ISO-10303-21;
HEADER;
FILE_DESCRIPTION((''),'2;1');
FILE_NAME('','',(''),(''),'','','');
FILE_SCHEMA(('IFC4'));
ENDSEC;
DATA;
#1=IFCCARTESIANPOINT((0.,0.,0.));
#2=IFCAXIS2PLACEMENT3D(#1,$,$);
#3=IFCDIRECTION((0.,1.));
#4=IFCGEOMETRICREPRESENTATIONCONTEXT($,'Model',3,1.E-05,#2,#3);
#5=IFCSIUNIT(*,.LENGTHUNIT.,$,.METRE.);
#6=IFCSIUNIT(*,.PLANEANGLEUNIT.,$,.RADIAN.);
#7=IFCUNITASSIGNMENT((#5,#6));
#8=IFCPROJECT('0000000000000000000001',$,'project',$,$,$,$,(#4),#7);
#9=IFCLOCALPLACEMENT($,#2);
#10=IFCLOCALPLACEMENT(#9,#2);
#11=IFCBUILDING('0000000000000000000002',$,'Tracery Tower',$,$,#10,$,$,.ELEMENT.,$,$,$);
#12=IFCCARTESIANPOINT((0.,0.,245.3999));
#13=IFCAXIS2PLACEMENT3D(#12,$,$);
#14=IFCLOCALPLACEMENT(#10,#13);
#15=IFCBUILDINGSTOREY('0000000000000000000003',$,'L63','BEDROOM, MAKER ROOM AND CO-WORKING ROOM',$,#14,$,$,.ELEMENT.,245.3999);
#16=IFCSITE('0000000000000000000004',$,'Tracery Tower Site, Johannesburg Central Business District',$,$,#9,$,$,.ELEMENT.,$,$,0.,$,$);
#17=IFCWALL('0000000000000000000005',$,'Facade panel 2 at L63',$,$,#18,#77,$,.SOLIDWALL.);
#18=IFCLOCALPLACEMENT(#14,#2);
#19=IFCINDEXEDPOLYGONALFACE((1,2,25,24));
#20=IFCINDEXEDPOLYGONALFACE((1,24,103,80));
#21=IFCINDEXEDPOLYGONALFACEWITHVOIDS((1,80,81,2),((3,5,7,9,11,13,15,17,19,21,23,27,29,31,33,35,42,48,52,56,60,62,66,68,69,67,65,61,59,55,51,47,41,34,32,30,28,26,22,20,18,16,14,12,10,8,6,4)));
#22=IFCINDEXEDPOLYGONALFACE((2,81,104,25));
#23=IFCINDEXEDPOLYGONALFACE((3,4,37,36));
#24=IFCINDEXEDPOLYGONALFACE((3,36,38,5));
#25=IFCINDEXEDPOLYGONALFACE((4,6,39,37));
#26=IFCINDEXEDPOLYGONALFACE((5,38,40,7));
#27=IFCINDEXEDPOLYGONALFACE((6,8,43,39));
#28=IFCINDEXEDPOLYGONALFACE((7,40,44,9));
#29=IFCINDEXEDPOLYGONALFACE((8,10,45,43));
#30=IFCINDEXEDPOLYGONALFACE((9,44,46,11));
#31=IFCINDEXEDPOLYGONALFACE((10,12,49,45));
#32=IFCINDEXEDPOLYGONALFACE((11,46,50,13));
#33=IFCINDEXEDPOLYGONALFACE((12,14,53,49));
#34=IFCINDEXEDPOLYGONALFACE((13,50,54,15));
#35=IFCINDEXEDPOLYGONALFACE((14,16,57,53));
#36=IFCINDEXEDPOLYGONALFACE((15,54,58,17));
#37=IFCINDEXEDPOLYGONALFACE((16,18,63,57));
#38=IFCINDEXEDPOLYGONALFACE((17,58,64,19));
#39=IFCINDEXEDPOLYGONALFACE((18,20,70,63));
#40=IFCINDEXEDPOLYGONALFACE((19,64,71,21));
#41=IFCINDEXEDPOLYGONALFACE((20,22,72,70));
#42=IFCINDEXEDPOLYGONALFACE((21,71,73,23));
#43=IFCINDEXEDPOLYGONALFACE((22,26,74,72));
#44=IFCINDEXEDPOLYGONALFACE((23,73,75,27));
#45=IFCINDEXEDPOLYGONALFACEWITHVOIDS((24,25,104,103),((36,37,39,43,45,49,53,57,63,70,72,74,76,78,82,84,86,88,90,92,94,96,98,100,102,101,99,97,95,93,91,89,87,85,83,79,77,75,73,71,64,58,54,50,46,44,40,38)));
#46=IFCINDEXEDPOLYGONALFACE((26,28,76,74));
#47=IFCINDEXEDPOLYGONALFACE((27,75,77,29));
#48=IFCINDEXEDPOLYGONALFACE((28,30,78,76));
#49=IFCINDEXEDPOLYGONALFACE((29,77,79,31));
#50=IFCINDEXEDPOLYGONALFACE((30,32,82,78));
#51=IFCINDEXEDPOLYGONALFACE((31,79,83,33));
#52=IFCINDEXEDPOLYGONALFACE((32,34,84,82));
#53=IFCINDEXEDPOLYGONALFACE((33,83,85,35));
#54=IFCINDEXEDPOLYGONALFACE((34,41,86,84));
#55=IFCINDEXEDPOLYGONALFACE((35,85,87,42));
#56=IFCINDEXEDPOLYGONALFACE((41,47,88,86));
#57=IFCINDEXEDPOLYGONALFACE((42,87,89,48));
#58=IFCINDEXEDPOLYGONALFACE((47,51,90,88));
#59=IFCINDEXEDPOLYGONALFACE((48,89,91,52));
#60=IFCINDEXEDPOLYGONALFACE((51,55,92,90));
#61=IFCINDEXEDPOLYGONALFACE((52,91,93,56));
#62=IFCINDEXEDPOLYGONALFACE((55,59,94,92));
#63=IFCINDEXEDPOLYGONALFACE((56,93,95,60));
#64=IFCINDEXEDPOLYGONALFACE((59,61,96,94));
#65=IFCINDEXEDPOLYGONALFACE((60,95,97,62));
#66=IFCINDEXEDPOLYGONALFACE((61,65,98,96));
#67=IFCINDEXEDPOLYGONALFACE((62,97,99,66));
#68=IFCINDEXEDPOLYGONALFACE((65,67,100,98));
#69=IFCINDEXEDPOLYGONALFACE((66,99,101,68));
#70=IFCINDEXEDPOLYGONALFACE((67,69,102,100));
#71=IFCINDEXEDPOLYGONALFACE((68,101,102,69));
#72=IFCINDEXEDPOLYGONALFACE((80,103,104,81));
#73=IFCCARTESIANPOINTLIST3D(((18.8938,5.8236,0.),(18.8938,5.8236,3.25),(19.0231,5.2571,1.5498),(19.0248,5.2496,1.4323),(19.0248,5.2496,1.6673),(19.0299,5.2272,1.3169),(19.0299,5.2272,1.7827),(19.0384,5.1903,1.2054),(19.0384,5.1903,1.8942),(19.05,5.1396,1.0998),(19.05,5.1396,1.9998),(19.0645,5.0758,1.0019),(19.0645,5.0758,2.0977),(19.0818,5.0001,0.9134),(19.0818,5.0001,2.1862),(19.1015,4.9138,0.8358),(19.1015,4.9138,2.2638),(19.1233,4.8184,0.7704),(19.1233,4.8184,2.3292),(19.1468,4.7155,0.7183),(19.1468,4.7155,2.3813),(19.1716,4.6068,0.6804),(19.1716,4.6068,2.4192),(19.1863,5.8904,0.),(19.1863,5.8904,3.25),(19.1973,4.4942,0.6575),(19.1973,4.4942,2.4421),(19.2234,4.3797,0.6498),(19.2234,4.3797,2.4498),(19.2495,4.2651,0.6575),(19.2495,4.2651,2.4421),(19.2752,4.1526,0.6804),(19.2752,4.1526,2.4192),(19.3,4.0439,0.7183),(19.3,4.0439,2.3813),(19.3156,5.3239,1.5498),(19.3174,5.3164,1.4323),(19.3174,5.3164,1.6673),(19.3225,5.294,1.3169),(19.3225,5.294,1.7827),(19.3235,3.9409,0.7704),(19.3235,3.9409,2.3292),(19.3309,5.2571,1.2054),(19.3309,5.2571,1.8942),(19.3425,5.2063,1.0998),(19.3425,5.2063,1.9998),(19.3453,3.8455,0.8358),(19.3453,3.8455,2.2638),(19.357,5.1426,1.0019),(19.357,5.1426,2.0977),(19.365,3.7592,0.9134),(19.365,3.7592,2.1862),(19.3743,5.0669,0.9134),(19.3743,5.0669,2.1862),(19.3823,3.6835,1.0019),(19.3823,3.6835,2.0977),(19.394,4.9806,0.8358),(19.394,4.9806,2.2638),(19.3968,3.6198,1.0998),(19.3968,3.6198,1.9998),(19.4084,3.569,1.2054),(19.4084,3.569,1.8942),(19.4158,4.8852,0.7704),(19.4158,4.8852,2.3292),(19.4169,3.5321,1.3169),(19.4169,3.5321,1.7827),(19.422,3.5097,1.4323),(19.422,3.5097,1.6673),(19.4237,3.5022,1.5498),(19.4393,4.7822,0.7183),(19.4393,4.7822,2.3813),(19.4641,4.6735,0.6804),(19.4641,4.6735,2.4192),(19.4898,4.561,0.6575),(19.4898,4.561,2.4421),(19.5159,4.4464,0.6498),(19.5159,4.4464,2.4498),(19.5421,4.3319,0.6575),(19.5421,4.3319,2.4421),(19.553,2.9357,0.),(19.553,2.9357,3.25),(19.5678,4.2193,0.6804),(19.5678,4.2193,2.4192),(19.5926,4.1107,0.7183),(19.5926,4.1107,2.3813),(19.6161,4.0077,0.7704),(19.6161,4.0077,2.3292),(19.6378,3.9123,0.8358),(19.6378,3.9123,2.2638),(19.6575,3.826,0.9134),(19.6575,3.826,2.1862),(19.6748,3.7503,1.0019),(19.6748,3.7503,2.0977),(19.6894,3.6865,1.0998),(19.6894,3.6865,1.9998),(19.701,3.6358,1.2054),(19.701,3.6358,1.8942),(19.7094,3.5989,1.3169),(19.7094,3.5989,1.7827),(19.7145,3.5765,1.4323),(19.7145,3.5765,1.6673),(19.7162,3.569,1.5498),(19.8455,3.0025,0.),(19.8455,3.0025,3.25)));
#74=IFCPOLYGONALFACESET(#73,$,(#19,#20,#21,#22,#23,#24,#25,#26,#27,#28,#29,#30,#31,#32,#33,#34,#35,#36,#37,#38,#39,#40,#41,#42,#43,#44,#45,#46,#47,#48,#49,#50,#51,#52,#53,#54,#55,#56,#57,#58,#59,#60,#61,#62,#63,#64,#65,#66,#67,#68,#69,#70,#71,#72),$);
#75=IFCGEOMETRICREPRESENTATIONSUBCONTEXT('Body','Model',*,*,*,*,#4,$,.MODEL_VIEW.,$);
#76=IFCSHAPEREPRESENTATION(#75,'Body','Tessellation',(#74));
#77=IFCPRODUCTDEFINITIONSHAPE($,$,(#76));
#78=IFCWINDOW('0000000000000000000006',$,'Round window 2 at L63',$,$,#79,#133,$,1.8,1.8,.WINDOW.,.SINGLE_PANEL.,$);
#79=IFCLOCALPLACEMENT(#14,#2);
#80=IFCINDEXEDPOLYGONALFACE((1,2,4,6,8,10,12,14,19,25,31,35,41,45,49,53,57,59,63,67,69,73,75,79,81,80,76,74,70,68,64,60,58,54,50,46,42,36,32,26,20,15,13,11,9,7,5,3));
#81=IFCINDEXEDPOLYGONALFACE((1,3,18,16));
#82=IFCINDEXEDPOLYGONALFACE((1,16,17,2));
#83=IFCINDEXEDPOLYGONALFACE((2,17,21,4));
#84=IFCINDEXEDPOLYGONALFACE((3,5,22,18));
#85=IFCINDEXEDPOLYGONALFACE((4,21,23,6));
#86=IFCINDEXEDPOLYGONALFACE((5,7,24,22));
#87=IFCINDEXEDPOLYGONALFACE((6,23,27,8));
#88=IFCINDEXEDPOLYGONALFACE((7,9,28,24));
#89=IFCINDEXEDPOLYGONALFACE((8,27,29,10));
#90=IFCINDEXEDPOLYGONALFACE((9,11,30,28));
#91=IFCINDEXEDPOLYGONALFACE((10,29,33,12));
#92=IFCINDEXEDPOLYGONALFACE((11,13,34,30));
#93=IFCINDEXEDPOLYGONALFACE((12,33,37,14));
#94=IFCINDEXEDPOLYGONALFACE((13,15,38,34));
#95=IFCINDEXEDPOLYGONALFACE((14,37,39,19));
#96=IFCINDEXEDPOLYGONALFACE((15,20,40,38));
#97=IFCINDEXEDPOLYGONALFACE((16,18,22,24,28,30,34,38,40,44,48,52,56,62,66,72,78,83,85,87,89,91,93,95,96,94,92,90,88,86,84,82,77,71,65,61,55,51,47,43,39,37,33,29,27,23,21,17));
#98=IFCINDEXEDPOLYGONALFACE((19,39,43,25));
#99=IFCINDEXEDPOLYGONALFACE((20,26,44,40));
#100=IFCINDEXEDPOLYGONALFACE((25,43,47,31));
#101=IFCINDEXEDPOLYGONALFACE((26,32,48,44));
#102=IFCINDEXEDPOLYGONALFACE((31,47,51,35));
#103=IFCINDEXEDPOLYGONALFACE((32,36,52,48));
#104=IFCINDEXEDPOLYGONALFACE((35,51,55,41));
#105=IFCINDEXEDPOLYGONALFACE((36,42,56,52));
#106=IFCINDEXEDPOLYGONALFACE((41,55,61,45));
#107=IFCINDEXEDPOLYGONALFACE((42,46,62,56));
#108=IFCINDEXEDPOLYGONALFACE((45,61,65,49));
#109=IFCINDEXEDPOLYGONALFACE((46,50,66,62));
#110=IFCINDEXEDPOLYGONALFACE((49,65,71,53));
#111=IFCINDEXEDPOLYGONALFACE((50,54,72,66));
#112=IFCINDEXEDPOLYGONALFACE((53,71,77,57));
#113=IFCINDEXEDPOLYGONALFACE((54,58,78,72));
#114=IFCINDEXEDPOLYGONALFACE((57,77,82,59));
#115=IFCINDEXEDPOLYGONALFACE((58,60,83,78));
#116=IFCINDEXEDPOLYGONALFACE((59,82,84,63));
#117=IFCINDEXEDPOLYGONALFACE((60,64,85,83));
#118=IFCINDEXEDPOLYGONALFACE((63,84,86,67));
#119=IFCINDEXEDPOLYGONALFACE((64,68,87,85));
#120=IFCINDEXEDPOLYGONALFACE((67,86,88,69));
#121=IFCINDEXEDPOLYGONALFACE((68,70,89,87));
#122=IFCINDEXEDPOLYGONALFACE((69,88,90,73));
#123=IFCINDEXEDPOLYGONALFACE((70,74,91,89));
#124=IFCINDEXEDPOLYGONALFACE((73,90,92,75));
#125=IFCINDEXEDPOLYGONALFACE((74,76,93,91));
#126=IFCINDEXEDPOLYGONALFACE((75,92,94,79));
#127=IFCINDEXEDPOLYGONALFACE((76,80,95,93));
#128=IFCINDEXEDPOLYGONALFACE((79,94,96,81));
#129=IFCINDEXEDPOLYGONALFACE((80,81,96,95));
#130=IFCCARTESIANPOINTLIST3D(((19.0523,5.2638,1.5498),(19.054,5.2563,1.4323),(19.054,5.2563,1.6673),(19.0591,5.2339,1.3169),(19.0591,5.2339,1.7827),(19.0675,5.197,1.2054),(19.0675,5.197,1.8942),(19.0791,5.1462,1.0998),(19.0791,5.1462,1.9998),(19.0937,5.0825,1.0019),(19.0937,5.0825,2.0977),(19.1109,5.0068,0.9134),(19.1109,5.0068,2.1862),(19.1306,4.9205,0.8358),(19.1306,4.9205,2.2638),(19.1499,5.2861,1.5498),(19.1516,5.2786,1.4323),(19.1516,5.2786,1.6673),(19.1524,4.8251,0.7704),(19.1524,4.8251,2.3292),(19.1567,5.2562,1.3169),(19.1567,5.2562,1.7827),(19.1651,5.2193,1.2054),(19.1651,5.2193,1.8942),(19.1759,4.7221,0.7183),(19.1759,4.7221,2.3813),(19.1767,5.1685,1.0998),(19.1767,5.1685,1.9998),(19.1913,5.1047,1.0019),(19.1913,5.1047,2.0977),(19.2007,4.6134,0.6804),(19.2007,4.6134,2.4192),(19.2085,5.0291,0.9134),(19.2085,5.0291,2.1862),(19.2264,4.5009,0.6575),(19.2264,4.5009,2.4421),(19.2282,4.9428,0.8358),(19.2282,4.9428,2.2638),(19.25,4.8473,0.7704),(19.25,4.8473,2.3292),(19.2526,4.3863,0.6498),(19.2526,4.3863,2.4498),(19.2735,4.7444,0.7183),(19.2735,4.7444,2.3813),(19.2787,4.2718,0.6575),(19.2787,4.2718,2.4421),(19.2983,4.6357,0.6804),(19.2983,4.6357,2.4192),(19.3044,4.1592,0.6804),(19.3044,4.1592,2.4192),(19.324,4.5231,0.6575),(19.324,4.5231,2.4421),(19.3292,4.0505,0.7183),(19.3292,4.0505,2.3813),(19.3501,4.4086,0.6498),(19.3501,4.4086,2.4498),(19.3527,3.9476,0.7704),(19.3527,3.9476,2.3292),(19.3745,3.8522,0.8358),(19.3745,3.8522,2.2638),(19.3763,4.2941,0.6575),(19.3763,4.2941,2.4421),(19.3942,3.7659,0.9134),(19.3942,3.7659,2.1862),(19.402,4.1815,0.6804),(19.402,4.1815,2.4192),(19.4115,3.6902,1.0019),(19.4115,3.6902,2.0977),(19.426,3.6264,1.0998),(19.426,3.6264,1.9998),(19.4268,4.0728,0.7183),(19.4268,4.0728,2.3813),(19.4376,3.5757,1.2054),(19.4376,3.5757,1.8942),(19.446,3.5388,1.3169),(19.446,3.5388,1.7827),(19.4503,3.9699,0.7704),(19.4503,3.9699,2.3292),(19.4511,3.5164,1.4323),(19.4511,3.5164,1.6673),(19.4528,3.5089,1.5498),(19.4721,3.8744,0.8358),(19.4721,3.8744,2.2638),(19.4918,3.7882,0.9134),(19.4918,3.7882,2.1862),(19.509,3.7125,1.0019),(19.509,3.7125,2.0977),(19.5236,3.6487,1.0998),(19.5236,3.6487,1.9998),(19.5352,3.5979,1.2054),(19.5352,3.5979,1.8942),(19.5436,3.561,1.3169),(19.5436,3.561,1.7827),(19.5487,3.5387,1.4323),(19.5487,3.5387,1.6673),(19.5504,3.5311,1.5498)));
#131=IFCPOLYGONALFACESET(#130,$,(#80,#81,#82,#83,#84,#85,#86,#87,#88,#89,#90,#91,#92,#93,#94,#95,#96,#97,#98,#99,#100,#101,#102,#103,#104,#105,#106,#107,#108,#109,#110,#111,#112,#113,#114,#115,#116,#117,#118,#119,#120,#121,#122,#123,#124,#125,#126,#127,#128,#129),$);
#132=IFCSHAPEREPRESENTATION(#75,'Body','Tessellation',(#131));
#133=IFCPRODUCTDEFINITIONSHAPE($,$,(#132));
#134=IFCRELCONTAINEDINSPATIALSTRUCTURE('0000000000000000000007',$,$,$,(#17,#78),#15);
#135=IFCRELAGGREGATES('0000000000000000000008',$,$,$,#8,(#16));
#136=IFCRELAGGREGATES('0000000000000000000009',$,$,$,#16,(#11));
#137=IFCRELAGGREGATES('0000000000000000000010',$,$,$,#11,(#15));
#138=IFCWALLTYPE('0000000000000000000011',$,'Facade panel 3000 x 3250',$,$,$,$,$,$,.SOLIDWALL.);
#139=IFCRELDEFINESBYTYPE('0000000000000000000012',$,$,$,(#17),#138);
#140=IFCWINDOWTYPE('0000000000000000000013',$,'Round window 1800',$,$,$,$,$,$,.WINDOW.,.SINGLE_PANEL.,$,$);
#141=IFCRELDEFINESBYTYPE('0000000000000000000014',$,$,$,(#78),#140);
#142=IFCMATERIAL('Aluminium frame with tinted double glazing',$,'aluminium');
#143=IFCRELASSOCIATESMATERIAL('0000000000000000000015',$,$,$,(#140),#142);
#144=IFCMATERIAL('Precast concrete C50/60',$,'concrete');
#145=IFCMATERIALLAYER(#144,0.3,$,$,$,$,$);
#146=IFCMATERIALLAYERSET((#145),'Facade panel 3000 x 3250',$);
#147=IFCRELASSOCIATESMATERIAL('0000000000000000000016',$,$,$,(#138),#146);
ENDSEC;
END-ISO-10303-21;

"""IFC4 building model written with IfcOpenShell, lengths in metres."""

from ifc_helpers import new_model, si_unit, direction, frame, frame_2d, origin, origin_2d, place, context, subcontext, project, spatial, rectangle, circle, extrude, material, layer, layer_set, type_object, element, fill, save


model = new_model("IFC4")

# Units and contexts
model_context = context("Model", 3, precision=1e-05, world=origin(), true_north=direction((0.0, 1.0)))
body_context = subcontext(model_context, "Body", "Model", "MODEL_VIEW")
ifc_project = project(units=[si_unit("LENGTHUNIT", "METRE"), si_unit("PLANEANGLEUNIT", "RADIAN")], contexts=[model_context])

# Site, building, storey
site_placement = place(None, origin())
site = spatial("IfcSite", under=ifc_project, at=site_placement, Name="Tracery Tower Site, Johannesburg Central Business District", CompositionType="ELEMENT", RefElevation=0.0)
building_placement = place(site_placement, origin())
building = spatial("IfcBuilding", under=site, at=building_placement, Name="Tracery Tower", CompositionType="ELEMENT")
storey_placement = place(building_placement, frame((0.0, 0.0, 245.3999)))
storey = spatial("IfcBuildingStorey", under=building, at=storey_placement, Name="L63", Description="BEDROOM, MAKER ROOM AND CO-WORKING ROOM", CompositionType="ELEMENT", Elevation=245.3999)

# Wall, opening, window
ifc_material_1 = material(Name="Aluminium frame with tinted double glazing", Category="aluminium")
window_type = type_object("IfcWindowType", Name="Round window 1800", PartitioningType="SINGLE_PANEL", PredefinedType="WINDOW", material=ifc_material_1)
ifc_material_2 = material(Name="Precast concrete C50/60", Category="concrete")
ifc_layer_1 = layer(ifc_material_2, 0.3)
ifc_layer_set_1 = layer_set([ifc_layer_1], Name="Facade panel 3000 x 3250")
wall_type_1 = type_object("IfcWallType", Name="Facade panel 3000 x 3250", PredefinedType="SOLIDWALL", material=ifc_layer_set_1)
wall_1_placement = place(storey_placement, frame((19.6992, 2.9692, 0.0), z_axis=(0.0, 0.0, 1.0), x_axis=(-0.222529, 0.974926, 0.0)))
wall_1 = element("IfcWall", 1, at=wall_1_placement, inside=storey, type_object=wall_type_1, Name="Facade panel 2 at L63", PredefinedType="SOLIDWALL", context=body_context, shape_type="SweptSolid", body=[
    extrude(rectangle(XDim=2.9622, YDim=0.3, at=frame_2d((1.481, 0.0))), origin(), (0.0, 0.0, 1.0), 3.25),
])
opening_1_placement = place(wall_1_placement, frame((1.481, 0.0, 1.5498)))
opening_1 = element("IfcOpeningElement", 2, at=opening_1_placement, cuts=wall_1, PredefinedType="OPENING", context=body_context, shape_type="SweptSolid", body=[
    extrude(circle(Radius=0.9, at=origin_2d()), frame((0.0, 0.1599, 0.0), z_axis=(0.0, -1.0, 0.0), x_axis=(1.0, 0.0, 0.0)), (0.0, 0.0, 1.0), 0.3201),
])
window_1_placement = place(opening_1_placement, origin())
window_1 = element("IfcWindow", 3, at=window_1_placement, inside=storey, type_object=window_type, Name="Round window 2 at L63", OverallHeight=1.8, OverallWidth=1.8, PartitioningType="SINGLE_PANEL", PredefinedType="WINDOW", context=body_context, shape_type="SweptSolid", body=[
    extrude(circle(Radius=0.9, at=origin_2d()), frame((0.0, 0.1201, 0.0), z_axis=(0.0, -1.0, 0.0), x_axis=(1.0, 0.0, 0.0)), (0.0, 0.0, 1.0), 0.1001),
])
fill(opening_1, window_1)

save(model, "model.ifc")
